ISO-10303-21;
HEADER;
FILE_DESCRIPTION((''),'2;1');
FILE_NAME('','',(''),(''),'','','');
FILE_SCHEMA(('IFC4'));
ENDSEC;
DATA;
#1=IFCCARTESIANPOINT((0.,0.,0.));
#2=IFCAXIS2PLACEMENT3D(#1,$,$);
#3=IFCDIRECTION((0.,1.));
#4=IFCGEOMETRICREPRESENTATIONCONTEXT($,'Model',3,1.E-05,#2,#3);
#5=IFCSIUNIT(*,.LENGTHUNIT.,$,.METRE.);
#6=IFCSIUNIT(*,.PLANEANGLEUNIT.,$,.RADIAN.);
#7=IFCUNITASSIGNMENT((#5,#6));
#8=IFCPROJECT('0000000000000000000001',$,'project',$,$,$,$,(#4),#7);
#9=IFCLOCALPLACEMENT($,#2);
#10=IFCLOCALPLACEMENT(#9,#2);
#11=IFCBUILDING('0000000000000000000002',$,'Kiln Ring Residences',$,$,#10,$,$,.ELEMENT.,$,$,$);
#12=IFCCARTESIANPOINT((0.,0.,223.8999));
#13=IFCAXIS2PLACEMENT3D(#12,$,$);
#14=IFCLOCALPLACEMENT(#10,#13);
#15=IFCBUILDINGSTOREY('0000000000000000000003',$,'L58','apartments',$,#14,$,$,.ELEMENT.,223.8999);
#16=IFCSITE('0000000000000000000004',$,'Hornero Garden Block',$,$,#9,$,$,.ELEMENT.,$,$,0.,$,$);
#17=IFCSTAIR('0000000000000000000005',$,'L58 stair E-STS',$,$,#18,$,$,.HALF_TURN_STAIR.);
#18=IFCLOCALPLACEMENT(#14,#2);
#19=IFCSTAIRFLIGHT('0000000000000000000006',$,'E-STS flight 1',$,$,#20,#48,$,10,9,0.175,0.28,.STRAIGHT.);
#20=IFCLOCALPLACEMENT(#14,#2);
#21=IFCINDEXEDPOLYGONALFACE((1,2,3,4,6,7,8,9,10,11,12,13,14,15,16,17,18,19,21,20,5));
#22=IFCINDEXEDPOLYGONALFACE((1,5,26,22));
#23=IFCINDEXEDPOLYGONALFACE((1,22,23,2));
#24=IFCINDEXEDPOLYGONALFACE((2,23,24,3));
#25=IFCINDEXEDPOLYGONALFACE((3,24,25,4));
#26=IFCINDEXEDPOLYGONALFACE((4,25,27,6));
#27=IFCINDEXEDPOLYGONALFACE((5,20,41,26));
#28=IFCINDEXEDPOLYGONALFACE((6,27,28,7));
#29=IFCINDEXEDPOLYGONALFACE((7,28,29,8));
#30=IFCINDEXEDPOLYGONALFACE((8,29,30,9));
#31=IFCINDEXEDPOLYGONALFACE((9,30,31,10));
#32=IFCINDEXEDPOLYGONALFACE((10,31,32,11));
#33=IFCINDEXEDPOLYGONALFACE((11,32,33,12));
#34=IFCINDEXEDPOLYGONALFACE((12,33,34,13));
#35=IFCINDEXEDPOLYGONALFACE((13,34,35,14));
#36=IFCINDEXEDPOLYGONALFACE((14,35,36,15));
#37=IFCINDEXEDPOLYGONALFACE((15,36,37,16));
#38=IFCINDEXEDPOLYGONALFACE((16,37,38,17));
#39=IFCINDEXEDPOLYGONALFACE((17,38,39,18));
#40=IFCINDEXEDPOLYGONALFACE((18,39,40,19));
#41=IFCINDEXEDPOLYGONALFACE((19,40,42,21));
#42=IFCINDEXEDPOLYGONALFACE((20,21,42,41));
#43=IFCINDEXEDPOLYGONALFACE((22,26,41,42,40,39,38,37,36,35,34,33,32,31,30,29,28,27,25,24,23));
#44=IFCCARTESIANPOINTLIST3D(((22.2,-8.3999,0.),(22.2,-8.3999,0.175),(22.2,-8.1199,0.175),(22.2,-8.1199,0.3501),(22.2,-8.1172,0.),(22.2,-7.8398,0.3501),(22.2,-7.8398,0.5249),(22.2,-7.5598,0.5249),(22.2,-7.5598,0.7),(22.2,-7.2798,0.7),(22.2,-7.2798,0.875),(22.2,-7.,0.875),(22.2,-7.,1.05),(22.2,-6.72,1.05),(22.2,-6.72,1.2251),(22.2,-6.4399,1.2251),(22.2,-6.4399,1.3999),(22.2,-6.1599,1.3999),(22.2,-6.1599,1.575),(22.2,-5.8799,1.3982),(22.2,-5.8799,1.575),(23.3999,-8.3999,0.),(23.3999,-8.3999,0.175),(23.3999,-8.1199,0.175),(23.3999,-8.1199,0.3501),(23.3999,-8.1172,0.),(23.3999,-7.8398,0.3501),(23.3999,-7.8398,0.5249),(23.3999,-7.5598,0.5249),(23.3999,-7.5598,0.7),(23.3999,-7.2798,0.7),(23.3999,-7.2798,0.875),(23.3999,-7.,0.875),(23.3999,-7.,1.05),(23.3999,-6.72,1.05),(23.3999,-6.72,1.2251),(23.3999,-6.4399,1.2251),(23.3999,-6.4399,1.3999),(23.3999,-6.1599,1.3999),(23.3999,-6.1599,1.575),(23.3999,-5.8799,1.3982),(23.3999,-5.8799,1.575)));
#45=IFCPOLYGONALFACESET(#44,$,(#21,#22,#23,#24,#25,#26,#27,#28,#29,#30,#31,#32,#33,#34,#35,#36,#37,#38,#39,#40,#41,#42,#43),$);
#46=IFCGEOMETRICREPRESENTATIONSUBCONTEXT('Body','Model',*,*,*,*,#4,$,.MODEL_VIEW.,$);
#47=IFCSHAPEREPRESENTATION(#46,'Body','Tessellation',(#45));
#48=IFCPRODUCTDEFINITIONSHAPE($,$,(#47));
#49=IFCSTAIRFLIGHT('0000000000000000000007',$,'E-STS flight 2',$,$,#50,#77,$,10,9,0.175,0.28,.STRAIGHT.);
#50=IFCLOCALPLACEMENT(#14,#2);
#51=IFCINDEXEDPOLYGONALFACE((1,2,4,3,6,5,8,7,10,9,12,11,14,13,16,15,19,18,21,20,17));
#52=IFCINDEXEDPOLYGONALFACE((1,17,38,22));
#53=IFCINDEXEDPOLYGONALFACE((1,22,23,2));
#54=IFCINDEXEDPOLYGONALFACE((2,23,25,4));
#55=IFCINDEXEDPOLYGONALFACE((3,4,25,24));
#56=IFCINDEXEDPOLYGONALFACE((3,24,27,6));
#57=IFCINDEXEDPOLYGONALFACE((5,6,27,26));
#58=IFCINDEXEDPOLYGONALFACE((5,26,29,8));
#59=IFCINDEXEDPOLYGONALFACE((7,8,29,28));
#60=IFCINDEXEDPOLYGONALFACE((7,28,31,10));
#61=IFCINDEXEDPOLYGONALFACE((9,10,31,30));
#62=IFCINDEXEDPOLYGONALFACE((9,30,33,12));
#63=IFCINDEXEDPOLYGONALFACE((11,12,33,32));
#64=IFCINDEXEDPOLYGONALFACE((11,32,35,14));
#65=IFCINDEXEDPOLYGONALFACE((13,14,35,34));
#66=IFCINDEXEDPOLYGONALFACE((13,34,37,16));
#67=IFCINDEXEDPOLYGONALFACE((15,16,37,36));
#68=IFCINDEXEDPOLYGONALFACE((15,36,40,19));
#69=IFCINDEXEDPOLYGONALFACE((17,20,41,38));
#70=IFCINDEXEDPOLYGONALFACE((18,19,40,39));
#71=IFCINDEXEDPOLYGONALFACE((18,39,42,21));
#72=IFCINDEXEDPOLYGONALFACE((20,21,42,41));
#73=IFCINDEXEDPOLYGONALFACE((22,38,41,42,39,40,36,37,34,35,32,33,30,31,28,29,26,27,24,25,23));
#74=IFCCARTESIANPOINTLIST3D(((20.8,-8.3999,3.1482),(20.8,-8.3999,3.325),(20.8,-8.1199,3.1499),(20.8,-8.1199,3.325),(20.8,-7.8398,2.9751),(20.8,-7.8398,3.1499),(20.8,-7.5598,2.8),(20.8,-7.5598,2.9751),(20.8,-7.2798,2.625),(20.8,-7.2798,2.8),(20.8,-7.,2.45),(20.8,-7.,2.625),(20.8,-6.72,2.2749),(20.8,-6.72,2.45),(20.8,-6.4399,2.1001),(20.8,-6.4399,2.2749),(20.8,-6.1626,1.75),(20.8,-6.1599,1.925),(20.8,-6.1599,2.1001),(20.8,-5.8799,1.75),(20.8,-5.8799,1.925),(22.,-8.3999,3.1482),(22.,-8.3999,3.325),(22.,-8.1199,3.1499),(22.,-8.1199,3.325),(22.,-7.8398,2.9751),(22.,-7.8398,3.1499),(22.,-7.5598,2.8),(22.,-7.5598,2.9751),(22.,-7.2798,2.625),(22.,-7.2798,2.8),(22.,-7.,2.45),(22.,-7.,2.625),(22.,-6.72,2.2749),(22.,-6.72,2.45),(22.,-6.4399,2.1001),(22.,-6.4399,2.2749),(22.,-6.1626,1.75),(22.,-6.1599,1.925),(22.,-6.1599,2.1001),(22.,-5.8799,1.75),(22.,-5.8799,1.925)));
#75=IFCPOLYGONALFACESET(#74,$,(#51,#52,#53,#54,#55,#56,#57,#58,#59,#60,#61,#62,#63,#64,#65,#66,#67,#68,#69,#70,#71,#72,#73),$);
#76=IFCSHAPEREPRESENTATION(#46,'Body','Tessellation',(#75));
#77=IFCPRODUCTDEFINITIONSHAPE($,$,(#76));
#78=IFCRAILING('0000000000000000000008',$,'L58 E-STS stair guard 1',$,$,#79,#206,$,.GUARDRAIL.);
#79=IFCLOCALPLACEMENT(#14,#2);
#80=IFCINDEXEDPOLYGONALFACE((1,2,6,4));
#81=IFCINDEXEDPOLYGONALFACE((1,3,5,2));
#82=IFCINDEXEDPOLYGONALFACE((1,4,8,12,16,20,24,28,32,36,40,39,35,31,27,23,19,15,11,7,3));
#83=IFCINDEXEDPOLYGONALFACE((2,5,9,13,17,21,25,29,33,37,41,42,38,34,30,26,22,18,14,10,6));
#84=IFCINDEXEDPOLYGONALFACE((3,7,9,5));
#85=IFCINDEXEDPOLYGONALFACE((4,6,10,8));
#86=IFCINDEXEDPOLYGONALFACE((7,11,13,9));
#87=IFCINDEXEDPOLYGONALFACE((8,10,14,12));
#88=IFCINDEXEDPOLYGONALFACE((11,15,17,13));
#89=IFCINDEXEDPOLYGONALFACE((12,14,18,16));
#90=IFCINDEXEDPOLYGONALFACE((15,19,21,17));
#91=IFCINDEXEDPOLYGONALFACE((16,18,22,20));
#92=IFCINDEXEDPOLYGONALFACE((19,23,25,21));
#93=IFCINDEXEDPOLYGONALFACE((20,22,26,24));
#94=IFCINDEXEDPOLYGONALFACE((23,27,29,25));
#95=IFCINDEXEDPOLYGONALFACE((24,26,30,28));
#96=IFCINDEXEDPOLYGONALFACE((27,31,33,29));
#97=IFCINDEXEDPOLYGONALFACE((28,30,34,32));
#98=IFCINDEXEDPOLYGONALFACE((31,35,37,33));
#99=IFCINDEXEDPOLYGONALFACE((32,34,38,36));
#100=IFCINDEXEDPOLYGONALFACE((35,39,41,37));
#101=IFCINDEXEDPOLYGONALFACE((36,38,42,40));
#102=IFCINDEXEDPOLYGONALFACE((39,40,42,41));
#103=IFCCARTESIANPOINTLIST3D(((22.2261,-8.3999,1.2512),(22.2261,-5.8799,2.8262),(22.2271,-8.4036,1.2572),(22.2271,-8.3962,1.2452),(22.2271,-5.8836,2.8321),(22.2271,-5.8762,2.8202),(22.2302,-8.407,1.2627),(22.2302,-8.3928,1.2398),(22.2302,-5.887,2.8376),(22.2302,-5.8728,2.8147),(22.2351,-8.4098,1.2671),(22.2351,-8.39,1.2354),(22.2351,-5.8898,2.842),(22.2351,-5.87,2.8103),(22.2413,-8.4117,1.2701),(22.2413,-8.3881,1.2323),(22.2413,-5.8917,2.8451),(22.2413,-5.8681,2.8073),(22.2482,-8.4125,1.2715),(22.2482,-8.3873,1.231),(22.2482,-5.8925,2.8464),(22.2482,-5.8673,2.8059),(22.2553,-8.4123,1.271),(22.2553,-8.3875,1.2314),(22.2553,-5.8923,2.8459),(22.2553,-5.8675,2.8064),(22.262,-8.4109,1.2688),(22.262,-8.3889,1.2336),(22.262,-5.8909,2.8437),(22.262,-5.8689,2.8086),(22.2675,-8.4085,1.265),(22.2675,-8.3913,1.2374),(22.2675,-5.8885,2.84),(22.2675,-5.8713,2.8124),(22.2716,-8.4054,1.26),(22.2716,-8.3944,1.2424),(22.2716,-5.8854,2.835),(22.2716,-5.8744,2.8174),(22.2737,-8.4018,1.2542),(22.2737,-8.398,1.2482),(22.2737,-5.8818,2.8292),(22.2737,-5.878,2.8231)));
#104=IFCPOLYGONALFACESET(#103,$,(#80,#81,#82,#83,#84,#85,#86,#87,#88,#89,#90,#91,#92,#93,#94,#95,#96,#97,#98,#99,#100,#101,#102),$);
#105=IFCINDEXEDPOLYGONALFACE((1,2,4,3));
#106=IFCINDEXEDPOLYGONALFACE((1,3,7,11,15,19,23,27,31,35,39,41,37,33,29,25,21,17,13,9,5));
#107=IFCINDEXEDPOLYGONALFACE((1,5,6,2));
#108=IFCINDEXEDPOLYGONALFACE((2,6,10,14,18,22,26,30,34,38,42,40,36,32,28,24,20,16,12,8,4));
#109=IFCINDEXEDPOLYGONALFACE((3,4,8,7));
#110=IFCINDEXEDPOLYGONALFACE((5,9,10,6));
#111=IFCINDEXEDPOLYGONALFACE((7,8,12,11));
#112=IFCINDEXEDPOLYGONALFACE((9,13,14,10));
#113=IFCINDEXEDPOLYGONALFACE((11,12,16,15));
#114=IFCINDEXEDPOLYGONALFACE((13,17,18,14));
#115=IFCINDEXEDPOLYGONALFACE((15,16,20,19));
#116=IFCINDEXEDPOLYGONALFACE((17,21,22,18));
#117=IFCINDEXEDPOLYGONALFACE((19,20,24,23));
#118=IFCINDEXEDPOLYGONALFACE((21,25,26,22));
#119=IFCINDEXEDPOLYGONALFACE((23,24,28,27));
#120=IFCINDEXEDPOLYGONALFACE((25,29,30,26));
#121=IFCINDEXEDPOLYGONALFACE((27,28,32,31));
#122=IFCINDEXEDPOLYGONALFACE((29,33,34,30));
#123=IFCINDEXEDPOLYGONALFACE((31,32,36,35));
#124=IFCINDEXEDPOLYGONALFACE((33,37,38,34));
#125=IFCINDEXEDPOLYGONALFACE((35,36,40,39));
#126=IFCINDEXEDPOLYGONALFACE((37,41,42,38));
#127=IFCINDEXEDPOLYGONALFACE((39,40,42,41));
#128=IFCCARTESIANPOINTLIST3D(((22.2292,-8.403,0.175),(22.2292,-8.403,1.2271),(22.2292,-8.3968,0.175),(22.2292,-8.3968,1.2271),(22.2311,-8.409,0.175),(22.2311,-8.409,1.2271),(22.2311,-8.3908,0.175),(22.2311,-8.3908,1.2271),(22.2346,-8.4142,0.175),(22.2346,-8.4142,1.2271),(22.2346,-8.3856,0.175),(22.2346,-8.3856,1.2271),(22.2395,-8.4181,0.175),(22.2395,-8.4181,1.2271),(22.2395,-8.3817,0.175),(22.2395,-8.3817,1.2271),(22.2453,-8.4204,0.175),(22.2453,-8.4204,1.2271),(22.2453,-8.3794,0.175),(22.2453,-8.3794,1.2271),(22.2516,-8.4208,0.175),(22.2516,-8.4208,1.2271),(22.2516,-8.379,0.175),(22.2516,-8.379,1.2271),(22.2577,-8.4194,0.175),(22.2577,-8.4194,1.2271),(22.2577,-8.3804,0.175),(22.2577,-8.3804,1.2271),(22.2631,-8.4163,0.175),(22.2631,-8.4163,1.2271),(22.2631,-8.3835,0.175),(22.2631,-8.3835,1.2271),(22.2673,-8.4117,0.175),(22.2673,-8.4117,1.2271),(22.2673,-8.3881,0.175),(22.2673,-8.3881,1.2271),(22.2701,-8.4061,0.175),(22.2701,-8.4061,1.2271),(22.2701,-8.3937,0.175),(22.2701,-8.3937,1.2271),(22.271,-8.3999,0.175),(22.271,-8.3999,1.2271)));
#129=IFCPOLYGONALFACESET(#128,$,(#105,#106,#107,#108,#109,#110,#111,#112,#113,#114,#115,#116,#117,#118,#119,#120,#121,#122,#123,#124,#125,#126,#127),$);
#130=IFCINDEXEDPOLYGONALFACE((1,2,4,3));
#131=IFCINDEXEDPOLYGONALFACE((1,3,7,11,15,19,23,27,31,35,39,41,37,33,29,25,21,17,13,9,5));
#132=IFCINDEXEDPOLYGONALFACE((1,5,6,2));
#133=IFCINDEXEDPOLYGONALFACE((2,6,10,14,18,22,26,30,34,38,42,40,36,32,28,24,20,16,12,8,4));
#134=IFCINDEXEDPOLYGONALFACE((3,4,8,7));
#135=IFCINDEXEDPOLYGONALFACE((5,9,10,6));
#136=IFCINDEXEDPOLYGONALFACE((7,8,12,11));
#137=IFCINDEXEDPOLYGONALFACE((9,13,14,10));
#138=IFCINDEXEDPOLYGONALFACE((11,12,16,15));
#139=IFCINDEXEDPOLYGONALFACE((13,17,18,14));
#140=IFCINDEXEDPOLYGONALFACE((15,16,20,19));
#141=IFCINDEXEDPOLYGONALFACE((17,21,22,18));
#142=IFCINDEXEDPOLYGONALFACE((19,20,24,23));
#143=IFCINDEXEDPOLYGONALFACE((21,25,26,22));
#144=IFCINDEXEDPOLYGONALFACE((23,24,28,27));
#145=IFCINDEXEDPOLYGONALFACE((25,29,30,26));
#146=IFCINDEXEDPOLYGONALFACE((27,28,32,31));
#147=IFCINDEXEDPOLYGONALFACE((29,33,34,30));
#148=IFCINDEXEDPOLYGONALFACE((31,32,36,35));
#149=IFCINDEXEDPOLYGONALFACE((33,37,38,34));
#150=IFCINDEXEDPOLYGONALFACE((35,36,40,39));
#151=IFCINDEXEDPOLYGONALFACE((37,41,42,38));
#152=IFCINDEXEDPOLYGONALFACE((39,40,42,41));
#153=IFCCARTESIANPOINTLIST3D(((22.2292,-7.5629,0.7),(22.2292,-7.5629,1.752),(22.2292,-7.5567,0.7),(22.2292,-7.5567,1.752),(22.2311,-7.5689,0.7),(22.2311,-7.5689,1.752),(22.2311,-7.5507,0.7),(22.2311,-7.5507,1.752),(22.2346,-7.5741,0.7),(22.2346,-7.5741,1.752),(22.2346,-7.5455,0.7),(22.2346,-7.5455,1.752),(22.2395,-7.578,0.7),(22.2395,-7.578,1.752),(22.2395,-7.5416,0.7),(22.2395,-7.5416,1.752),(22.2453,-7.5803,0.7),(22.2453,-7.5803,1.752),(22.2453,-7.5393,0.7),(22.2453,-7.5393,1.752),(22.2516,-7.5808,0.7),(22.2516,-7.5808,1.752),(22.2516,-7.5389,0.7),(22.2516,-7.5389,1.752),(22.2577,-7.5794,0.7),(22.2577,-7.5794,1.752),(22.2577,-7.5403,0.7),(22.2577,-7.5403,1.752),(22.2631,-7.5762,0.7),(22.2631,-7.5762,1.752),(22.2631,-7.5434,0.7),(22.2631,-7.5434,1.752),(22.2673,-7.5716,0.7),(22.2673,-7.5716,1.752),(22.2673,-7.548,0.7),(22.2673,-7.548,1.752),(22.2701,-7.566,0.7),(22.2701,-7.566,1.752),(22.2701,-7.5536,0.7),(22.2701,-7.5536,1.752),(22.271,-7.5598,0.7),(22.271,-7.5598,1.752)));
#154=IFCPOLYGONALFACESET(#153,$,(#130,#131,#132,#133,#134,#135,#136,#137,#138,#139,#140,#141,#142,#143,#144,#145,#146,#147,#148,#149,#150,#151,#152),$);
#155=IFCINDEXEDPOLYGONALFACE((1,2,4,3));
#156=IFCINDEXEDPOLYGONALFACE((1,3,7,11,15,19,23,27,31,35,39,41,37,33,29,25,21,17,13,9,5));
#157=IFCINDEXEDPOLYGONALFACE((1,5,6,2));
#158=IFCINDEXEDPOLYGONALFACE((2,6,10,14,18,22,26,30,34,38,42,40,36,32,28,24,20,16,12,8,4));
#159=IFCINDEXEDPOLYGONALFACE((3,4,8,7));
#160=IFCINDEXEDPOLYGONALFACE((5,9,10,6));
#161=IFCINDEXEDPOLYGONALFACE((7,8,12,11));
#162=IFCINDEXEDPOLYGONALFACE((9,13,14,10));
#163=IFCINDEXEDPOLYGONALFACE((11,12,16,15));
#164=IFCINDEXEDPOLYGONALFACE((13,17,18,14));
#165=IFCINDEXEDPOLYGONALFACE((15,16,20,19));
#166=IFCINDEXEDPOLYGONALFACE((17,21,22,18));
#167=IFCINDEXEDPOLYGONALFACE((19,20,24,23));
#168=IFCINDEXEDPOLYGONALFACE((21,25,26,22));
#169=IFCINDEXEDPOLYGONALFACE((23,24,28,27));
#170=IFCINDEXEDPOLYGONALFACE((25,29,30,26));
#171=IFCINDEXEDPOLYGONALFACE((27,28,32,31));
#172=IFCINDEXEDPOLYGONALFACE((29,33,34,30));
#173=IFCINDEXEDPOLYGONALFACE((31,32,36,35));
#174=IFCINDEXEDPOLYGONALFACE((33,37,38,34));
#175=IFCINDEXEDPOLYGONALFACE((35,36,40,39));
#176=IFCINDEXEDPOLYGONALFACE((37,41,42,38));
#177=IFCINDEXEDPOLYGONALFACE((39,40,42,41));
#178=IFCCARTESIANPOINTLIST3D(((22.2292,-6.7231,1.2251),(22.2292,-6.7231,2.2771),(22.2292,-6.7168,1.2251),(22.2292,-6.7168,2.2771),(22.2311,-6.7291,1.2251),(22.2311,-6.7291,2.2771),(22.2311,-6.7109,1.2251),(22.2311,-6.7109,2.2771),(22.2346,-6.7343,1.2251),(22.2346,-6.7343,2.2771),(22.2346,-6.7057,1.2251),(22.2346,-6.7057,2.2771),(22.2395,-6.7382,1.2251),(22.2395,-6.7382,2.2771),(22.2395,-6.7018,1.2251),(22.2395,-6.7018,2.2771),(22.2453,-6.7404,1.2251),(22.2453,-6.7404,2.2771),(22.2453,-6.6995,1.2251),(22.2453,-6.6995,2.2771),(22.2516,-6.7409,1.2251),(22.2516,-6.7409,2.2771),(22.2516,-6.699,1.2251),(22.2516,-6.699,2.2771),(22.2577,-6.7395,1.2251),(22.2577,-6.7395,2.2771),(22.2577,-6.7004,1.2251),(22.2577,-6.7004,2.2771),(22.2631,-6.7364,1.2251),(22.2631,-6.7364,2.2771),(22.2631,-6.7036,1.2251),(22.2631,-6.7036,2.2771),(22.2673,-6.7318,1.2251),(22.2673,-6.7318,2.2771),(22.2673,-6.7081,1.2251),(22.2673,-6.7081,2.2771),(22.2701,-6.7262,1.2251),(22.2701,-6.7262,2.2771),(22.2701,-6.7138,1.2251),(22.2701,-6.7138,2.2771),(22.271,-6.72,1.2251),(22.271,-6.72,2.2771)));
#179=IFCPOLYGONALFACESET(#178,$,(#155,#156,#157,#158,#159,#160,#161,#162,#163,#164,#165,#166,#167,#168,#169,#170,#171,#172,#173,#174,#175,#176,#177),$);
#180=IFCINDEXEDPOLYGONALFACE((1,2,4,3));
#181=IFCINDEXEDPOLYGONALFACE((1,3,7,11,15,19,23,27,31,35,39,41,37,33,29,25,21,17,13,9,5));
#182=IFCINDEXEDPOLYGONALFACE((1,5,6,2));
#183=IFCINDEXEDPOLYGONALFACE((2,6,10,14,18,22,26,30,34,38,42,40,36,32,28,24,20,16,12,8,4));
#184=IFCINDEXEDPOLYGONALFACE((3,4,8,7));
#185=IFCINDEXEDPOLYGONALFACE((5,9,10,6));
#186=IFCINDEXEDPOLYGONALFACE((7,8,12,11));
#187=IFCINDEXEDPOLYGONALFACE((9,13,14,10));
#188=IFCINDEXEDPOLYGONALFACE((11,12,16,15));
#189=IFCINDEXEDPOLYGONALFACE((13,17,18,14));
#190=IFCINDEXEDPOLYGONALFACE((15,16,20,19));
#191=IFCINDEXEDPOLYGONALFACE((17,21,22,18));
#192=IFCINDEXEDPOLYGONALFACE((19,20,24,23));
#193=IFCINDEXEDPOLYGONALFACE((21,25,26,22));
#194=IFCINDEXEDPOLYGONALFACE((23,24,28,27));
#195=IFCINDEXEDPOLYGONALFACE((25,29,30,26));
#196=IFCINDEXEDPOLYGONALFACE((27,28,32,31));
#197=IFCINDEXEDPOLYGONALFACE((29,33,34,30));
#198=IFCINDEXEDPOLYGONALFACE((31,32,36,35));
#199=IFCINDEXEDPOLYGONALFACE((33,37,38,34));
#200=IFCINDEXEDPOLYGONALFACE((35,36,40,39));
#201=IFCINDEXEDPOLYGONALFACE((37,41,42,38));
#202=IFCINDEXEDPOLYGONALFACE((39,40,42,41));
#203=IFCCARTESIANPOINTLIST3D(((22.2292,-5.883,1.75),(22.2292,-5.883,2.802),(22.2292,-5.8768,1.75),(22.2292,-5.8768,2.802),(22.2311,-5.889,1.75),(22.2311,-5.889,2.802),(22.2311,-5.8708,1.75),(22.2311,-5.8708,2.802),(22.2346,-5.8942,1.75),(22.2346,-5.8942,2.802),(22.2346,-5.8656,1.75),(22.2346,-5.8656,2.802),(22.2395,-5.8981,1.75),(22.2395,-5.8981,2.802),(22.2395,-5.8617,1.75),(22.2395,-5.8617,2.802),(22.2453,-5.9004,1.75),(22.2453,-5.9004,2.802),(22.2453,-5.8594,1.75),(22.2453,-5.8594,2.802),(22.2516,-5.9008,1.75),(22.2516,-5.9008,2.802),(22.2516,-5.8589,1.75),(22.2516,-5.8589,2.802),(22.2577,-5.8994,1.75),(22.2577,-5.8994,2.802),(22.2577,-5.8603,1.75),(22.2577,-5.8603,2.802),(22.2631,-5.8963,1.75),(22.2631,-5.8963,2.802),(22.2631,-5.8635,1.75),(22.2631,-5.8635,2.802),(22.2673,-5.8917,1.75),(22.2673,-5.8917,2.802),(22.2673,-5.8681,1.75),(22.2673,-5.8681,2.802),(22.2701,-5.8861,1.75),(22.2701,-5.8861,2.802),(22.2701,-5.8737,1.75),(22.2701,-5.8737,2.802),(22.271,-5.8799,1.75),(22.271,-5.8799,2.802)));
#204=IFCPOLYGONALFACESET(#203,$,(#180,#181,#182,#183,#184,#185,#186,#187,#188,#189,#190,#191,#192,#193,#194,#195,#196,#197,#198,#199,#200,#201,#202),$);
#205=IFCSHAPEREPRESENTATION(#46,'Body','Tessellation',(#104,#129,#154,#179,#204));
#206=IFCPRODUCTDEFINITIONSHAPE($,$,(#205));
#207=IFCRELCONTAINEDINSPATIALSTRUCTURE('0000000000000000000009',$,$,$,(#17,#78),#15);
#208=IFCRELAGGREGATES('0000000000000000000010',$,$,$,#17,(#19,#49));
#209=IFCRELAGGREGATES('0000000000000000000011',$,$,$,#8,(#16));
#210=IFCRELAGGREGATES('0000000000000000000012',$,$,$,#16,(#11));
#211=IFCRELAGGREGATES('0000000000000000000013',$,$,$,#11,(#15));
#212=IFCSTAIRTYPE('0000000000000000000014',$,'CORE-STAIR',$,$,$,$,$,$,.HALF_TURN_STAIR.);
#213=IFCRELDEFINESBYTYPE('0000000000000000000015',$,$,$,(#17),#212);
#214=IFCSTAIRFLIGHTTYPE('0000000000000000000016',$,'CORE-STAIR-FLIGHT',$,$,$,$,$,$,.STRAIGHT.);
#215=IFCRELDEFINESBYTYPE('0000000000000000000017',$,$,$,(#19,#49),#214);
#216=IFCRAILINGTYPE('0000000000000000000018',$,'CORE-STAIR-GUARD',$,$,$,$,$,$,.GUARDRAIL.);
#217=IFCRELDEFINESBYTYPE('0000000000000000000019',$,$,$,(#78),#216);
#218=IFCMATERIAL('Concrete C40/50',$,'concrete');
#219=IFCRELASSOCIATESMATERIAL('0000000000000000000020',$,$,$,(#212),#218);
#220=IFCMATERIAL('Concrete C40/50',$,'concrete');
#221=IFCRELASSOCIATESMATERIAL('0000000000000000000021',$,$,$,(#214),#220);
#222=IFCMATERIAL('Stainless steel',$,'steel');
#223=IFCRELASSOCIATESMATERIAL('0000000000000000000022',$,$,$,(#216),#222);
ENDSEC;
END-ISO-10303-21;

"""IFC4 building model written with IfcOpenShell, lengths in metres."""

from ifc_helpers import new_model, si_unit, direction, frame, origin, origin_2d, place, context, subcontext, project, spatial, polyline, circle, outline, extrude, material, type_object, element, aggregate, save


model = new_model("IFC4")

# Units and contexts
model_context = context("Model", 3, precision=1e-05, world=origin(), true_north=direction((0.0, 1.0)))
body_context = subcontext(model_context, "Body", "Model", "MODEL_VIEW")
ifc_project = project(units=[si_unit("LENGTHUNIT", "METRE"), si_unit("PLANEANGLEUNIT", "RADIAN")], contexts=[model_context])

# Site, building, storey
site_placement = place(None, origin())
site = spatial("IfcSite", under=ifc_project, at=site_placement, Name="Hornero Garden Block", CompositionType="ELEMENT", RefElevation=0.0)
building_placement = place(site_placement, origin())
building = spatial("IfcBuilding", under=site, at=building_placement, Name="Kiln Ring Residences", CompositionType="ELEMENT")
storey_placement = place(building_placement, frame((0.0, 0.0, 223.8999)))
storey = spatial("IfcBuildingStorey", under=building, at=storey_placement, Name="L58", Description="apartments", CompositionType="ELEMENT", Elevation=223.8999)

# Stair, stair flights
ifc_material_1 = material(Name="Concrete C40/50", Category="concrete")
stair_type = type_object("IfcStairType", Name="CORE-STAIR", PredefinedType="HALF_TURN_STAIR", material=ifc_material_1)
stair_placement = place(storey_placement, origin())
stair = element("IfcStair", 1, at=stair_placement, inside=storey, type_object=stair_type, Name="L58 stair E-STS", PredefinedType="HALF_TURN_STAIR")
ifc_material_2 = material(Name="Concrete C40/50", Category="concrete")
stair_flight_type = type_object("IfcStairFlightType", Name="CORE-STAIR-FLIGHT", PredefinedType="STRAIGHT", material=ifc_material_2)
stair_flight_1_placement = place(storey_placement, frame((22.8, -8.3999, 0.0), z_axis=(0.0, 0.0, 1.0), x_axis=(0.0, 1.0, 0.0)))
stair_flight_1 = element("IfcStairFlight", 2, at=stair_flight_1_placement, type_object=stair_flight_type, Name="E-STS flight 1", NumberOfRisers=10, NumberOfTreads=9, PredefinedType="STRAIGHT", RiserHeight=0.175, TreadLength=0.28, context=body_context, shape_type="SweptSolid", body=[
    extrude(outline(polyline([(0.0, 0.0), (0.0, 0.175), (0.28, 0.175), (0.28, 0.3501), (0.5601, 0.3501), (0.5601, 0.5249), (0.8401, 0.5249), (0.8401, 0.7), (1.1201, 0.7), (1.1201, 0.875), (1.3999, 0.875), (1.3999, 1.05), (1.6799, 1.05), (1.6799, 1.2251), (1.96, 1.2251), (1.96, 1.3999), (2.24, 1.3999), (2.24, 1.575), (2.52, 1.575), (2.52, 1.75), (2.52, 1.3982), (0.2827, 0.0), (0.0, 0.0)])), frame((0.0, 0.6001, 0.0), z_axis=(0.0, -1.0, 0.0), x_axis=(1.0, 0.0, 0.0)), (0.0, 0.0, 1.0), 1.2),
])
stair_flight_2_placement = place(storey_placement, frame((21.3999, -5.8799, 1.75), z_axis=(0.0, 0.0, 1.0), x_axis=(0.0, -1.0, 0.0)))
stair_flight_2 = element("IfcStairFlight", 3, at=stair_flight_2_placement, type_object=stair_flight_type, Name="E-STS flight 2", NumberOfRisers=10, NumberOfTreads=9, PredefinedType="STRAIGHT", RiserHeight=0.175, TreadLength=0.28, context=body_context, shape_type="SweptSolid", body=[
    extrude(outline(polyline([(0.0, 0.0), (0.0, 0.175), (0.28, 0.175), (0.28, 0.3501), (0.5601, 0.3501), (0.5601, 0.5249), (0.8401, 0.5249), (0.8401, 0.7), (1.1201, 0.7), (1.1201, 0.875), (1.3999, 0.875), (1.3999, 1.05), (1.6799, 1.05), (1.6799, 1.2251), (1.96, 1.2251), (1.96, 1.3999), (2.24, 1.3999), (2.24, 1.575), (2.52, 1.575), (2.52, 1.75), (2.52, 1.3982), (0.2827, 0.0), (0.0, 0.0)])), frame((0.0, 0.6001, 0.0), z_axis=(0.0, -1.0, 0.0), x_axis=(1.0, 0.0, 0.0)), (0.0, 0.0, 1.0), 1.2),
])
aggregate(stair, [stair_flight_1, stair_flight_2])

# Railing
ifc_material_3 = material(Name="Stainless steel", Category="steel")
railing_type_1 = type_object("IfcRailingType", Name="CORE-STAIR-GUARD", PredefinedType="GUARDRAIL", material=ifc_material_3)
railing_1_placement = place(storey_placement, frame((22.25, -8.3999, 0.175)))
element("IfcRailing", 4, at=railing_1_placement, inside=storey, type_object=railing_type_1, Name="L58 E-STS stair guard 1", PredefinedType="GUARDRAIL", context=body_context, shape_type="SweptSolid", body=[
    extrude(circle(Radius=0.0239, at=origin_2d()), frame((0.0, 0.0, 1.0762), z_axis=(0.0, 0.848008, 0.529984), x_axis=(-1.0, 0.0, 0.0)), (0.0, 0.0, 1.0), 2.9717),
    extrude(circle(Radius=0.021, at=origin_2d()), origin(), (0.0, 0.0, 1.0), 1.052),
    extrude(circle(Radius=0.021, at=origin_2d()), frame((0.0, 0.8401, 0.5249)), (0.0, 0.0, 1.0), 1.052),
    extrude(circle(Radius=0.021, at=origin_2d()), frame((0.0, 1.6799, 1.05)), (0.0, 0.0, 1.0), 1.052),
    extrude(circle(Radius=0.021, at=origin_2d()), frame((0.0, 2.52, 1.575)), (0.0, 0.0, 1.0), 1.052),
])

save(model, "model.ifc")
